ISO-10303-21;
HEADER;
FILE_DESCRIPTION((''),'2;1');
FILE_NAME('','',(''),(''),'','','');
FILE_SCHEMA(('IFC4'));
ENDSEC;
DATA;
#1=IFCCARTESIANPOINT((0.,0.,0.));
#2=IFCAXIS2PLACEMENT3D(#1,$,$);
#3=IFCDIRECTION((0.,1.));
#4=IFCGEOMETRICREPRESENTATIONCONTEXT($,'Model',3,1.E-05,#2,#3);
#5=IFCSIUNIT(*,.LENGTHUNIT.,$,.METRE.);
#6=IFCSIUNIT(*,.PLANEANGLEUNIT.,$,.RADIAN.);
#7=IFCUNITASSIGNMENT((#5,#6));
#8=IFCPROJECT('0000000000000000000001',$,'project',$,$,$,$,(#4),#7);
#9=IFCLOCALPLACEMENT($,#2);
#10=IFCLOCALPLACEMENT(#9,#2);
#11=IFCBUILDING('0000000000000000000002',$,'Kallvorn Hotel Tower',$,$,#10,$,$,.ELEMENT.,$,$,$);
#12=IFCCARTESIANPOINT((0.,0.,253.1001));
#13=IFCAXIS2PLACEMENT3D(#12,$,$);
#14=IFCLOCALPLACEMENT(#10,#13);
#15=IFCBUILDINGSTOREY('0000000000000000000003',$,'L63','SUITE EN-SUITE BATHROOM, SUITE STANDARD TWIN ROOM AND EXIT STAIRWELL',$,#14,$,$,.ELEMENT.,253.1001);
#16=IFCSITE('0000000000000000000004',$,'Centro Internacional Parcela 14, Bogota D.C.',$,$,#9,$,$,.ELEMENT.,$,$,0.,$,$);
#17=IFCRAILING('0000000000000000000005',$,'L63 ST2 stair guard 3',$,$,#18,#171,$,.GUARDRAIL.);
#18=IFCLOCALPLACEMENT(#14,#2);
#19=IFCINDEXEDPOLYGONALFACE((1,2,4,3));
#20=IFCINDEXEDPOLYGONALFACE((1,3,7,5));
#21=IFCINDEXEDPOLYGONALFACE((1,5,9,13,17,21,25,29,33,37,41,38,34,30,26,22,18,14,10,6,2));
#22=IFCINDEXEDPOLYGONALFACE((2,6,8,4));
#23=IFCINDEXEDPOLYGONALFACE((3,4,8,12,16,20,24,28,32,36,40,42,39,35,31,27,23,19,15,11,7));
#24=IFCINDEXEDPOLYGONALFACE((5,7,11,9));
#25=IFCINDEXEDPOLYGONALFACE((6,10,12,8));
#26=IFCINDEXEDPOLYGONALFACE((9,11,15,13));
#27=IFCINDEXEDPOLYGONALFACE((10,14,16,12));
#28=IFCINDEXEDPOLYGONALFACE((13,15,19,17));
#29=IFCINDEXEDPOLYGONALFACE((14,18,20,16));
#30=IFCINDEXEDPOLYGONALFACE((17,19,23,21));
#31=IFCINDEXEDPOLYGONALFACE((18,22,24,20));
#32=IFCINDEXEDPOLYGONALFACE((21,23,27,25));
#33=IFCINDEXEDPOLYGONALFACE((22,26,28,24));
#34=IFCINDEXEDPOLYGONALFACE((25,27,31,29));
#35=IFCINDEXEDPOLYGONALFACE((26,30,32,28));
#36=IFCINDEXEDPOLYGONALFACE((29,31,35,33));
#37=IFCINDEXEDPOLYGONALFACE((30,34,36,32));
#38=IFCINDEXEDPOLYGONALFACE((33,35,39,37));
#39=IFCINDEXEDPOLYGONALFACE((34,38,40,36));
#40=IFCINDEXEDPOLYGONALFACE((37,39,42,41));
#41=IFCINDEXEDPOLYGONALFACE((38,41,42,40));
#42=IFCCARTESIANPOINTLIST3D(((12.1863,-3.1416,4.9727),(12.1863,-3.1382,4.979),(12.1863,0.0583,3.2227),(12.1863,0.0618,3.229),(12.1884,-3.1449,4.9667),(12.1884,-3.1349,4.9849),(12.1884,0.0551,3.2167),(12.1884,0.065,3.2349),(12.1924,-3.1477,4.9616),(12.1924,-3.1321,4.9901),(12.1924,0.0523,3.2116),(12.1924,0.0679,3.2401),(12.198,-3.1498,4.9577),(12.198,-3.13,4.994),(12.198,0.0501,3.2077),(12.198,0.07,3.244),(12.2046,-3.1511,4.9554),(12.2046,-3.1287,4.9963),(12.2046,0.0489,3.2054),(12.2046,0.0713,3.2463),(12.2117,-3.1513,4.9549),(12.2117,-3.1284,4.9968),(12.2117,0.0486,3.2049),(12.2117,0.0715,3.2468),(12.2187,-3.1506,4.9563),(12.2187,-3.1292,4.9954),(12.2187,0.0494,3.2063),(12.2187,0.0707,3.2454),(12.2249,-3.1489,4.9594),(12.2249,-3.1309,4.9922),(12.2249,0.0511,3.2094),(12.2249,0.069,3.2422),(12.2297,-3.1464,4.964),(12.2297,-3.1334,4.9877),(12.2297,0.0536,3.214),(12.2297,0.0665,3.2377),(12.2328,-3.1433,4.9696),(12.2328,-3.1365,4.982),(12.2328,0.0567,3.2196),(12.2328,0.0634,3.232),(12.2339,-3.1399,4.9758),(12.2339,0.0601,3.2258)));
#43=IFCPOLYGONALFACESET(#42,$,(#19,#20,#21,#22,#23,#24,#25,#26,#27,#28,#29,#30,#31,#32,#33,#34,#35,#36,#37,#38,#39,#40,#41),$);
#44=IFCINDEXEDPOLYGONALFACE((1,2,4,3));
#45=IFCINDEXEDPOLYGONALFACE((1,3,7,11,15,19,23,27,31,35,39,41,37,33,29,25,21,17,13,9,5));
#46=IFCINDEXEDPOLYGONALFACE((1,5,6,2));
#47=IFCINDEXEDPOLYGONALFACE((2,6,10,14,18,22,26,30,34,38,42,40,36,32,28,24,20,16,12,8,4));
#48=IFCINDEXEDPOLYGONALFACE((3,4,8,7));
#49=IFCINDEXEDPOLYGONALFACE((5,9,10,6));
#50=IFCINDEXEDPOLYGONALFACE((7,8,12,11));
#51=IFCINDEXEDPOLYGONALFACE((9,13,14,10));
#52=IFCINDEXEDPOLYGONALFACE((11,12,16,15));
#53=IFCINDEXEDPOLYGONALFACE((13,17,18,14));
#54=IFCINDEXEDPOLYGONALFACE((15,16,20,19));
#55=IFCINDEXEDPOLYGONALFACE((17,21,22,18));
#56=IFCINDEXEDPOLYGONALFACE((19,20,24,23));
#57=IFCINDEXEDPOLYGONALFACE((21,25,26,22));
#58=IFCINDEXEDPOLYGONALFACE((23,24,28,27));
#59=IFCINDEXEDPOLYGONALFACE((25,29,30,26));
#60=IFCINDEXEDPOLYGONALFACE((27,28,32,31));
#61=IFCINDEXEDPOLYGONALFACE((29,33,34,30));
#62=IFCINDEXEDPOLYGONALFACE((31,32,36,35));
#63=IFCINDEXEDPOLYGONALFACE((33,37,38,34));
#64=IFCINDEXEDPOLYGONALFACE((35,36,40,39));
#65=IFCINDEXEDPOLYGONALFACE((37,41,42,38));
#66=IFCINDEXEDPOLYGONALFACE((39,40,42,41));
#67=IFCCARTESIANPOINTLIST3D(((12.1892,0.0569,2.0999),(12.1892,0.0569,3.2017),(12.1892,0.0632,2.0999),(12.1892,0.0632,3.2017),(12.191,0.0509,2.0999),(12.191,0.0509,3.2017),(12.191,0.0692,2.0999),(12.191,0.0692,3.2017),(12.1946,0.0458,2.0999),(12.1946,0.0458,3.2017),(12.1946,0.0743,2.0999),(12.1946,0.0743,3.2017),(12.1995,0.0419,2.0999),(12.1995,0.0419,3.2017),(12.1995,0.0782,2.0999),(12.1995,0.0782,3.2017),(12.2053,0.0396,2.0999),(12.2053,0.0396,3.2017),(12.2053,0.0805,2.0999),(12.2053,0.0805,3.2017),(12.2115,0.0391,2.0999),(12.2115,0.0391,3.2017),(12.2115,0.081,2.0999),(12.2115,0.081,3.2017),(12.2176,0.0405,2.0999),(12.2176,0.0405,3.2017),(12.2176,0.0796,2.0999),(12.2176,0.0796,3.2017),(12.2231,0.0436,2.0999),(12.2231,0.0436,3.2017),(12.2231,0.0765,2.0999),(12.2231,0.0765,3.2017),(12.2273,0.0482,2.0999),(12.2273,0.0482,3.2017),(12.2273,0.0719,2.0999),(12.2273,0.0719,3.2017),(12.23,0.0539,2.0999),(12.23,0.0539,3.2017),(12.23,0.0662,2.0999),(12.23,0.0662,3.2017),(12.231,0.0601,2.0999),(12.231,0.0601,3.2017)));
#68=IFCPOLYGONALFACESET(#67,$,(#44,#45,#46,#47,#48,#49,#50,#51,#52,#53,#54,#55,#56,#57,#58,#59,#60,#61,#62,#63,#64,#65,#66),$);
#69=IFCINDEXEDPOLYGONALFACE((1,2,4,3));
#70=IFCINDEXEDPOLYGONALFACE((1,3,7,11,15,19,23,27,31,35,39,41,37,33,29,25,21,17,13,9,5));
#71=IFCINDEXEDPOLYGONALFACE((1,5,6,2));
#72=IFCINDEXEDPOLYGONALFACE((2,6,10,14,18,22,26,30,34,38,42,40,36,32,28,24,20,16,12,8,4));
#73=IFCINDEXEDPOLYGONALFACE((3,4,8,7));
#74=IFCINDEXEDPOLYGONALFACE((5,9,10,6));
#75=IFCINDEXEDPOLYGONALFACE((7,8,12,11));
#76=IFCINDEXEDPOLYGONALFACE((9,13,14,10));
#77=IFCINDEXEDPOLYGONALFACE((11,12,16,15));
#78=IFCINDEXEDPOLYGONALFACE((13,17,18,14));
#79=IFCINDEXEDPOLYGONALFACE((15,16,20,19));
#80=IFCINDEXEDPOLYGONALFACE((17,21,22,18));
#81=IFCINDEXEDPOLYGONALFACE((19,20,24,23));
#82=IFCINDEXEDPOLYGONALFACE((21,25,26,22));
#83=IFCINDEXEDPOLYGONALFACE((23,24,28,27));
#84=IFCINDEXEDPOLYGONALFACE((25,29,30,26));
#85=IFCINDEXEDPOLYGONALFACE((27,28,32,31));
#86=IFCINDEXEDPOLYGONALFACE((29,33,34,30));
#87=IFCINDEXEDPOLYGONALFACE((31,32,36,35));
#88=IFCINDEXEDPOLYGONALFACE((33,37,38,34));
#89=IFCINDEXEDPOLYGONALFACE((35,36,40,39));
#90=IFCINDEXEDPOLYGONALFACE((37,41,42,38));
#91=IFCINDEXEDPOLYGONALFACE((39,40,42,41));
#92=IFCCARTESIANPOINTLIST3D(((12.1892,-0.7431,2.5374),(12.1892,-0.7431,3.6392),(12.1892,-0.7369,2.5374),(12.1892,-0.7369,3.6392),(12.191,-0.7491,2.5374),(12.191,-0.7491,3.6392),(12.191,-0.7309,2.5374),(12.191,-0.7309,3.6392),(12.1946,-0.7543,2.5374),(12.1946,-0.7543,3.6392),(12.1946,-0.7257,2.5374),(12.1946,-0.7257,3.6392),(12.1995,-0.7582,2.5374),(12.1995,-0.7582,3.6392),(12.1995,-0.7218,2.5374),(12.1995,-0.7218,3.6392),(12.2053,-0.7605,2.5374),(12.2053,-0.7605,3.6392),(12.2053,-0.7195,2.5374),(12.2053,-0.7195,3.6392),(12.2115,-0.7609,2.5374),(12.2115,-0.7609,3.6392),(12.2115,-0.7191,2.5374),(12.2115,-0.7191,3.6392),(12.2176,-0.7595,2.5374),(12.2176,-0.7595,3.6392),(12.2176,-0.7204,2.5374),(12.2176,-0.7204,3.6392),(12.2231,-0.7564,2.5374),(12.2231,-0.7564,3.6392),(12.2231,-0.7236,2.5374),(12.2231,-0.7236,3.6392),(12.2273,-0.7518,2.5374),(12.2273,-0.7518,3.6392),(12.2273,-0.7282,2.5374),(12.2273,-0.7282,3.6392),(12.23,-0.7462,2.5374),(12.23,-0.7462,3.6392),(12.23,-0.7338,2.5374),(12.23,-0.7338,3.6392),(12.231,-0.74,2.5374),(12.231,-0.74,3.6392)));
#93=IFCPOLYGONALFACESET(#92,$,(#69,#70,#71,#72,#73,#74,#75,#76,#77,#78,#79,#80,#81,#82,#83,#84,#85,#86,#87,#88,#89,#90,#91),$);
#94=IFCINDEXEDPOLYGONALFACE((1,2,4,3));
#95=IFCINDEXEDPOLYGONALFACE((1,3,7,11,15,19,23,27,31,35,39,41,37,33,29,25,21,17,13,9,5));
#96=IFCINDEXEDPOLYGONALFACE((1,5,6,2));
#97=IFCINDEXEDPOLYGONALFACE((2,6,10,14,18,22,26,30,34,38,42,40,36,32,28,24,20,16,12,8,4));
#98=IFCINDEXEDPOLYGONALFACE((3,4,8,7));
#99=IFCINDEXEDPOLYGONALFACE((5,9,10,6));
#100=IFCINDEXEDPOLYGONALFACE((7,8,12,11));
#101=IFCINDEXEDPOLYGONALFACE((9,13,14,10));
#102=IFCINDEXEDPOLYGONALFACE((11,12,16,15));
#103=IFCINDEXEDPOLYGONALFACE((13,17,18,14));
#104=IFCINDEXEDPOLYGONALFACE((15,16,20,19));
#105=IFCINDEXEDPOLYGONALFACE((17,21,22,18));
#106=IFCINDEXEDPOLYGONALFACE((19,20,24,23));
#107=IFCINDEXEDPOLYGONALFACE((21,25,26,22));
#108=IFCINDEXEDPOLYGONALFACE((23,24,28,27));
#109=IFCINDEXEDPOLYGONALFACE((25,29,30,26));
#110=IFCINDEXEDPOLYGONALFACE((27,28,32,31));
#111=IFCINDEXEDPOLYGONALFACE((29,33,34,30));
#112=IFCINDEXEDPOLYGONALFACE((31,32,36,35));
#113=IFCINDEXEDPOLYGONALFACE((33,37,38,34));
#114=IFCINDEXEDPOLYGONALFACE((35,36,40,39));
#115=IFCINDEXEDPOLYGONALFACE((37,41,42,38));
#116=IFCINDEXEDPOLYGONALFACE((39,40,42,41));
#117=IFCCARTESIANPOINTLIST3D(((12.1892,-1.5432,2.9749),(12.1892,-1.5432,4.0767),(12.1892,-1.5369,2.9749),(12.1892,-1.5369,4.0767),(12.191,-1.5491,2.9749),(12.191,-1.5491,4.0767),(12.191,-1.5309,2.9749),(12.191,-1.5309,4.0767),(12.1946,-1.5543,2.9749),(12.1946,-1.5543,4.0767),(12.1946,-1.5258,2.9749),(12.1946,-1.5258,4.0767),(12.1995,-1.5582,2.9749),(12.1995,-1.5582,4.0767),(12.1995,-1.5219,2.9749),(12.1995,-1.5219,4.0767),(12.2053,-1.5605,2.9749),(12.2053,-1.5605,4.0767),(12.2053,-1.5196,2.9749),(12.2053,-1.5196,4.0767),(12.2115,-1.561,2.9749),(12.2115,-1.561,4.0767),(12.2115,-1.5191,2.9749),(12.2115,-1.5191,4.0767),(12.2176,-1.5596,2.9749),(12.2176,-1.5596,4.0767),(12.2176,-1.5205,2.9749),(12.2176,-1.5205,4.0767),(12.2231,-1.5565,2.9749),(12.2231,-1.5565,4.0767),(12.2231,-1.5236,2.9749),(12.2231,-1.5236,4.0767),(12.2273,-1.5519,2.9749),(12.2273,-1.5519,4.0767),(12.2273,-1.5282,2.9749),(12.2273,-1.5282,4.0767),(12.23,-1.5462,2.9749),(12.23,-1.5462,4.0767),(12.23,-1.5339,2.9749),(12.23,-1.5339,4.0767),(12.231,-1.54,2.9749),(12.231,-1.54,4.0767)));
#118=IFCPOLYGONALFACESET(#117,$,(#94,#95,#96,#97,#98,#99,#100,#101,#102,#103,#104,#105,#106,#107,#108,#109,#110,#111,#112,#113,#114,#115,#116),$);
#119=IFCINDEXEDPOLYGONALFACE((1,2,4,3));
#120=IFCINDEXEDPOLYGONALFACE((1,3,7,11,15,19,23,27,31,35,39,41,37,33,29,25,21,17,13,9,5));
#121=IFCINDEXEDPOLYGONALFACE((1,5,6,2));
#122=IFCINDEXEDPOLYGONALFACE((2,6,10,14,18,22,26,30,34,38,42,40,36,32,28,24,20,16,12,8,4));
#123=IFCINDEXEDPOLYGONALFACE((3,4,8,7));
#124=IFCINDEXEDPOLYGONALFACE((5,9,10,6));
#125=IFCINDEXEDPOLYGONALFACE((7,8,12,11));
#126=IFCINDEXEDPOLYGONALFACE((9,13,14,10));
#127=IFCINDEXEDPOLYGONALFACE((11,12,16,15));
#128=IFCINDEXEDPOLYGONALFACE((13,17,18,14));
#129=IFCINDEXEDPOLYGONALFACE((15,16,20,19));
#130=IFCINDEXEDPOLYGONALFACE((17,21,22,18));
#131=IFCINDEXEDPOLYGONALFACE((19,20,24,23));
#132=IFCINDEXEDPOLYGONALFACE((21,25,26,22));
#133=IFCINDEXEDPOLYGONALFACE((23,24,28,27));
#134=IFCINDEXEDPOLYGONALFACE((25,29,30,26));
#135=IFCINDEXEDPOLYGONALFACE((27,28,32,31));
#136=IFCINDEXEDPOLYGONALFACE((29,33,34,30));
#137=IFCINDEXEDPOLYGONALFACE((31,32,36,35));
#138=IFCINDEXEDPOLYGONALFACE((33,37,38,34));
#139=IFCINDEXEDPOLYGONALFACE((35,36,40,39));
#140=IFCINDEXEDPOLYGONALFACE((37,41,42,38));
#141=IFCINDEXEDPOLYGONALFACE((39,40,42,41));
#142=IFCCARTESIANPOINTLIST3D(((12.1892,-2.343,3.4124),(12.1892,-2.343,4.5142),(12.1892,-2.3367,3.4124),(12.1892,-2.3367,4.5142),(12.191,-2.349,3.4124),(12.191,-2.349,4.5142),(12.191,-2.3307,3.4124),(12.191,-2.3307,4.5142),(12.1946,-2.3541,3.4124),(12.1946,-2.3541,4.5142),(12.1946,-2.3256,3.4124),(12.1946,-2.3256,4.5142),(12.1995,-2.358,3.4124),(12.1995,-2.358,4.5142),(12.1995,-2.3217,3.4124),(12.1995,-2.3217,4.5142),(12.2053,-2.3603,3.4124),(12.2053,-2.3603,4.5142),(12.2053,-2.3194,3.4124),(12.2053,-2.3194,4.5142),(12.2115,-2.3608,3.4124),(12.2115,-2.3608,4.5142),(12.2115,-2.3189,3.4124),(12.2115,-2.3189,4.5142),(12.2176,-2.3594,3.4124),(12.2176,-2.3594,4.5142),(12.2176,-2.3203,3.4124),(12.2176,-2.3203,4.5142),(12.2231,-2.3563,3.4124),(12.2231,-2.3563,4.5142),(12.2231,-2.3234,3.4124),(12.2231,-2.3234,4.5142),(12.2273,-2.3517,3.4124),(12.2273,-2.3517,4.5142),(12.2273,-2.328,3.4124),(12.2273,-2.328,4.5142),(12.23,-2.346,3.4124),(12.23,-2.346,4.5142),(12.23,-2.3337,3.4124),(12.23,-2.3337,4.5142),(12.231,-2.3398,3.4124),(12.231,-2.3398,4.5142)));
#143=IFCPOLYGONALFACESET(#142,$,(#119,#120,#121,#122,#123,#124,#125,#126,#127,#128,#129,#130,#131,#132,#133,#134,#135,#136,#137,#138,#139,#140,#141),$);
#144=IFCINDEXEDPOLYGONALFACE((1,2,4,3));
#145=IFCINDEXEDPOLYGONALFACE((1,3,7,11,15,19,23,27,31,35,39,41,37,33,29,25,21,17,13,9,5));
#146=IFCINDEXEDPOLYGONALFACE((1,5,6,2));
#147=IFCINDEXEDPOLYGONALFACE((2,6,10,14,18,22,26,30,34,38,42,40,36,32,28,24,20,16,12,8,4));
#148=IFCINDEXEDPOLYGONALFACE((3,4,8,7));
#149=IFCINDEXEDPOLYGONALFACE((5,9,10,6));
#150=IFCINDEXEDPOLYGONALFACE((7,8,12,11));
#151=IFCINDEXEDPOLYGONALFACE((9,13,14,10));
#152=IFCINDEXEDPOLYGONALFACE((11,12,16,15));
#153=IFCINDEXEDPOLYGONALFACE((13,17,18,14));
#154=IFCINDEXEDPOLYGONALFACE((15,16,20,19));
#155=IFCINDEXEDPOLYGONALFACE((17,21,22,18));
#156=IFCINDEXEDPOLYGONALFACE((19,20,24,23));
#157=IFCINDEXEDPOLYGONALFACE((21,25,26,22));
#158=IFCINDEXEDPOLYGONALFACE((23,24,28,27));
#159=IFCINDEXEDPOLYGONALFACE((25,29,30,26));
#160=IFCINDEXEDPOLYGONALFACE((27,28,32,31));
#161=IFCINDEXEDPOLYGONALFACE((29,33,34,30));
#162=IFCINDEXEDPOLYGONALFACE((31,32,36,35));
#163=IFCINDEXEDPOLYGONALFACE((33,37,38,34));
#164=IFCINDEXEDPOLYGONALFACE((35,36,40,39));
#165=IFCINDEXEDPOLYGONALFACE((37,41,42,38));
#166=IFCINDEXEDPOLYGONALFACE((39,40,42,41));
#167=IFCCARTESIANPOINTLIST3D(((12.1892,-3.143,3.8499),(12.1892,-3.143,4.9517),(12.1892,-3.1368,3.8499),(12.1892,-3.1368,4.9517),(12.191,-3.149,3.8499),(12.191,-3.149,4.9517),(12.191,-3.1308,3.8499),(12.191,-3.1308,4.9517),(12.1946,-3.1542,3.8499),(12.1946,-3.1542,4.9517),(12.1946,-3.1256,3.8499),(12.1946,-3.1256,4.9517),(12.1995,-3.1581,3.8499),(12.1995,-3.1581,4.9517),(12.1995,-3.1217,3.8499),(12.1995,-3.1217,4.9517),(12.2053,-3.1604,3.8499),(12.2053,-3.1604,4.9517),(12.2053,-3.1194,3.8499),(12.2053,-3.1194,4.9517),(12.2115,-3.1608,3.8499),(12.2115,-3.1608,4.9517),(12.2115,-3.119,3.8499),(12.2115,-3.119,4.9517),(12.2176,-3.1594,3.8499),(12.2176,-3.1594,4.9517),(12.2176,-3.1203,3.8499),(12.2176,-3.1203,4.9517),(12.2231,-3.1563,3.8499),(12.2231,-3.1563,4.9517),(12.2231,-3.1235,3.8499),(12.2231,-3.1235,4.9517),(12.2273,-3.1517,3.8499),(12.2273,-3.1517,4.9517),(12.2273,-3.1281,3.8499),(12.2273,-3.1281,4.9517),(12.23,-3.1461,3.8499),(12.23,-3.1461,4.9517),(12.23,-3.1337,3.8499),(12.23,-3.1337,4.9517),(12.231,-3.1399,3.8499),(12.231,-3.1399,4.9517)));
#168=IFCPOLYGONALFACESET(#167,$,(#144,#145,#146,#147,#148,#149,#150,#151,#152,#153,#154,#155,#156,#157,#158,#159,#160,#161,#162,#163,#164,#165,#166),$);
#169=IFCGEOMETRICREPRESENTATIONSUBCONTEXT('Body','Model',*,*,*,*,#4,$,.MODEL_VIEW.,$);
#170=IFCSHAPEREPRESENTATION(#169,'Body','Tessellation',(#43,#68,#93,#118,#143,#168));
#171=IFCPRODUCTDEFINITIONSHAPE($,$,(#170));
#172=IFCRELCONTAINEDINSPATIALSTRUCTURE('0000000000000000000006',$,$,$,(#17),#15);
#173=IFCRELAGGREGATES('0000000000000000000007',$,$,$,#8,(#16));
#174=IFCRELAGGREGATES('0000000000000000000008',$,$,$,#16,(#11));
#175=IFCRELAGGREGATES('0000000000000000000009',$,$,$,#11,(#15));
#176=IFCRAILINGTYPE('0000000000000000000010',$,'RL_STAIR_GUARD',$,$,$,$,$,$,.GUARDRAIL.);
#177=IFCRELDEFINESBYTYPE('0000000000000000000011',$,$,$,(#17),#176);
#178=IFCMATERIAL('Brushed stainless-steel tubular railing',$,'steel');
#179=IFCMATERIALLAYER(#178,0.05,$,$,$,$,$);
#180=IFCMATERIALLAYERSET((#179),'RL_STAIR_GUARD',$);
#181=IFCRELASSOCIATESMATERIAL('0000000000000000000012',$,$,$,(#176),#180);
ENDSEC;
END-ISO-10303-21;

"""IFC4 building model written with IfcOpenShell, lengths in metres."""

from ifc_helpers import new_model, si_unit, direction, frame, origin, origin_2d, place, context, subcontext, project, spatial, circle, extrude, material, layer, layer_set, type_object, element, save


model = new_model("IFC4")

# Units and contexts
model_context = context("Model", 3, precision=1e-05, world=origin(), true_north=direction((0.0, 1.0)))
body_context = subcontext(model_context, "Body", "Model", "MODEL_VIEW")
ifc_project = project(units=[si_unit("LENGTHUNIT", "METRE"), si_unit("PLANEANGLEUNIT", "RADIAN")], contexts=[model_context])

# Site, building, storey
site_placement = place(None, origin())
site = spatial("IfcSite", under=ifc_project, at=site_placement, Name="Centro Internacional Parcela 14, Bogota D.C.", CompositionType="ELEMENT", RefElevation=0.0)
building_placement = place(site_placement, origin())
building = spatial("IfcBuilding", under=site, at=building_placement, Name="Kallvorn Hotel Tower", CompositionType="ELEMENT")
storey_placement = place(building_placement, frame((0.0, 0.0, 253.1001)))
storey = spatial("IfcBuildingStorey", under=building, at=storey_placement, Name="L63", Description="SUITE EN-SUITE BATHROOM, SUITE STANDARD TWIN ROOM AND EXIT STAIRWELL", CompositionType="ELEMENT", Elevation=253.1001)

# Railing
ifc_material_1 = material(Name="Brushed stainless-steel tubular railing", Category="steel")
ifc_layer_1 = layer(ifc_material_1, 0.05)
ifc_layer_set_1 = layer_set([ifc_layer_1], Name="RL_STAIR_GUARD")
railing_type_1 = type_object("IfcRailingType", Name="RL_STAIR_GUARD", PredefinedType="GUARDRAIL", material=ifc_layer_set_1)
railing_1_placement = place(storey_placement, frame((12.21, 0.0601, 2.0999)))
element("IfcRailing", 1, at=railing_1_placement, inside=storey, type_object=railing_type_1, Name="L63 ST2 stair guard 3", PredefinedType="GUARDRAIL", context=body_context, shape_type="SweptSolid", body=[
    extrude(circle(Radius=0.0239, at=origin_2d()), frame((0.0, 0.0, 1.126), z_axis=(0.0, -0.877368, 0.479818), x_axis=(1.0, 0.0, 0.0)), (0.0, 0.0, 1.0), 3.6472),
    extrude(circle(Radius=0.021, at=origin_2d()), origin(), (0.0, 0.0, 1.0), 1.1018),
    extrude(circle(Radius=0.021, at=origin_2d()), frame((0.0, -0.8, 0.4375)), (0.0, 0.0, 1.0), 1.1018),
    extrude(circle(Radius=0.021, at=origin_2d()), frame((0.0, -1.6001, 0.875)), (0.0, 0.0, 1.0), 1.1018),
    extrude(circle(Radius=0.021, at=origin_2d()), frame((0.0, -2.3999, 1.3125)), (0.0, 0.0, 1.0), 1.1018),
    extrude(circle(Radius=0.021, at=origin_2d()), frame((0.0, -3.2, 1.75)), (0.0, 0.0, 1.0), 1.1018),
])

save(model, "model.ifc")
